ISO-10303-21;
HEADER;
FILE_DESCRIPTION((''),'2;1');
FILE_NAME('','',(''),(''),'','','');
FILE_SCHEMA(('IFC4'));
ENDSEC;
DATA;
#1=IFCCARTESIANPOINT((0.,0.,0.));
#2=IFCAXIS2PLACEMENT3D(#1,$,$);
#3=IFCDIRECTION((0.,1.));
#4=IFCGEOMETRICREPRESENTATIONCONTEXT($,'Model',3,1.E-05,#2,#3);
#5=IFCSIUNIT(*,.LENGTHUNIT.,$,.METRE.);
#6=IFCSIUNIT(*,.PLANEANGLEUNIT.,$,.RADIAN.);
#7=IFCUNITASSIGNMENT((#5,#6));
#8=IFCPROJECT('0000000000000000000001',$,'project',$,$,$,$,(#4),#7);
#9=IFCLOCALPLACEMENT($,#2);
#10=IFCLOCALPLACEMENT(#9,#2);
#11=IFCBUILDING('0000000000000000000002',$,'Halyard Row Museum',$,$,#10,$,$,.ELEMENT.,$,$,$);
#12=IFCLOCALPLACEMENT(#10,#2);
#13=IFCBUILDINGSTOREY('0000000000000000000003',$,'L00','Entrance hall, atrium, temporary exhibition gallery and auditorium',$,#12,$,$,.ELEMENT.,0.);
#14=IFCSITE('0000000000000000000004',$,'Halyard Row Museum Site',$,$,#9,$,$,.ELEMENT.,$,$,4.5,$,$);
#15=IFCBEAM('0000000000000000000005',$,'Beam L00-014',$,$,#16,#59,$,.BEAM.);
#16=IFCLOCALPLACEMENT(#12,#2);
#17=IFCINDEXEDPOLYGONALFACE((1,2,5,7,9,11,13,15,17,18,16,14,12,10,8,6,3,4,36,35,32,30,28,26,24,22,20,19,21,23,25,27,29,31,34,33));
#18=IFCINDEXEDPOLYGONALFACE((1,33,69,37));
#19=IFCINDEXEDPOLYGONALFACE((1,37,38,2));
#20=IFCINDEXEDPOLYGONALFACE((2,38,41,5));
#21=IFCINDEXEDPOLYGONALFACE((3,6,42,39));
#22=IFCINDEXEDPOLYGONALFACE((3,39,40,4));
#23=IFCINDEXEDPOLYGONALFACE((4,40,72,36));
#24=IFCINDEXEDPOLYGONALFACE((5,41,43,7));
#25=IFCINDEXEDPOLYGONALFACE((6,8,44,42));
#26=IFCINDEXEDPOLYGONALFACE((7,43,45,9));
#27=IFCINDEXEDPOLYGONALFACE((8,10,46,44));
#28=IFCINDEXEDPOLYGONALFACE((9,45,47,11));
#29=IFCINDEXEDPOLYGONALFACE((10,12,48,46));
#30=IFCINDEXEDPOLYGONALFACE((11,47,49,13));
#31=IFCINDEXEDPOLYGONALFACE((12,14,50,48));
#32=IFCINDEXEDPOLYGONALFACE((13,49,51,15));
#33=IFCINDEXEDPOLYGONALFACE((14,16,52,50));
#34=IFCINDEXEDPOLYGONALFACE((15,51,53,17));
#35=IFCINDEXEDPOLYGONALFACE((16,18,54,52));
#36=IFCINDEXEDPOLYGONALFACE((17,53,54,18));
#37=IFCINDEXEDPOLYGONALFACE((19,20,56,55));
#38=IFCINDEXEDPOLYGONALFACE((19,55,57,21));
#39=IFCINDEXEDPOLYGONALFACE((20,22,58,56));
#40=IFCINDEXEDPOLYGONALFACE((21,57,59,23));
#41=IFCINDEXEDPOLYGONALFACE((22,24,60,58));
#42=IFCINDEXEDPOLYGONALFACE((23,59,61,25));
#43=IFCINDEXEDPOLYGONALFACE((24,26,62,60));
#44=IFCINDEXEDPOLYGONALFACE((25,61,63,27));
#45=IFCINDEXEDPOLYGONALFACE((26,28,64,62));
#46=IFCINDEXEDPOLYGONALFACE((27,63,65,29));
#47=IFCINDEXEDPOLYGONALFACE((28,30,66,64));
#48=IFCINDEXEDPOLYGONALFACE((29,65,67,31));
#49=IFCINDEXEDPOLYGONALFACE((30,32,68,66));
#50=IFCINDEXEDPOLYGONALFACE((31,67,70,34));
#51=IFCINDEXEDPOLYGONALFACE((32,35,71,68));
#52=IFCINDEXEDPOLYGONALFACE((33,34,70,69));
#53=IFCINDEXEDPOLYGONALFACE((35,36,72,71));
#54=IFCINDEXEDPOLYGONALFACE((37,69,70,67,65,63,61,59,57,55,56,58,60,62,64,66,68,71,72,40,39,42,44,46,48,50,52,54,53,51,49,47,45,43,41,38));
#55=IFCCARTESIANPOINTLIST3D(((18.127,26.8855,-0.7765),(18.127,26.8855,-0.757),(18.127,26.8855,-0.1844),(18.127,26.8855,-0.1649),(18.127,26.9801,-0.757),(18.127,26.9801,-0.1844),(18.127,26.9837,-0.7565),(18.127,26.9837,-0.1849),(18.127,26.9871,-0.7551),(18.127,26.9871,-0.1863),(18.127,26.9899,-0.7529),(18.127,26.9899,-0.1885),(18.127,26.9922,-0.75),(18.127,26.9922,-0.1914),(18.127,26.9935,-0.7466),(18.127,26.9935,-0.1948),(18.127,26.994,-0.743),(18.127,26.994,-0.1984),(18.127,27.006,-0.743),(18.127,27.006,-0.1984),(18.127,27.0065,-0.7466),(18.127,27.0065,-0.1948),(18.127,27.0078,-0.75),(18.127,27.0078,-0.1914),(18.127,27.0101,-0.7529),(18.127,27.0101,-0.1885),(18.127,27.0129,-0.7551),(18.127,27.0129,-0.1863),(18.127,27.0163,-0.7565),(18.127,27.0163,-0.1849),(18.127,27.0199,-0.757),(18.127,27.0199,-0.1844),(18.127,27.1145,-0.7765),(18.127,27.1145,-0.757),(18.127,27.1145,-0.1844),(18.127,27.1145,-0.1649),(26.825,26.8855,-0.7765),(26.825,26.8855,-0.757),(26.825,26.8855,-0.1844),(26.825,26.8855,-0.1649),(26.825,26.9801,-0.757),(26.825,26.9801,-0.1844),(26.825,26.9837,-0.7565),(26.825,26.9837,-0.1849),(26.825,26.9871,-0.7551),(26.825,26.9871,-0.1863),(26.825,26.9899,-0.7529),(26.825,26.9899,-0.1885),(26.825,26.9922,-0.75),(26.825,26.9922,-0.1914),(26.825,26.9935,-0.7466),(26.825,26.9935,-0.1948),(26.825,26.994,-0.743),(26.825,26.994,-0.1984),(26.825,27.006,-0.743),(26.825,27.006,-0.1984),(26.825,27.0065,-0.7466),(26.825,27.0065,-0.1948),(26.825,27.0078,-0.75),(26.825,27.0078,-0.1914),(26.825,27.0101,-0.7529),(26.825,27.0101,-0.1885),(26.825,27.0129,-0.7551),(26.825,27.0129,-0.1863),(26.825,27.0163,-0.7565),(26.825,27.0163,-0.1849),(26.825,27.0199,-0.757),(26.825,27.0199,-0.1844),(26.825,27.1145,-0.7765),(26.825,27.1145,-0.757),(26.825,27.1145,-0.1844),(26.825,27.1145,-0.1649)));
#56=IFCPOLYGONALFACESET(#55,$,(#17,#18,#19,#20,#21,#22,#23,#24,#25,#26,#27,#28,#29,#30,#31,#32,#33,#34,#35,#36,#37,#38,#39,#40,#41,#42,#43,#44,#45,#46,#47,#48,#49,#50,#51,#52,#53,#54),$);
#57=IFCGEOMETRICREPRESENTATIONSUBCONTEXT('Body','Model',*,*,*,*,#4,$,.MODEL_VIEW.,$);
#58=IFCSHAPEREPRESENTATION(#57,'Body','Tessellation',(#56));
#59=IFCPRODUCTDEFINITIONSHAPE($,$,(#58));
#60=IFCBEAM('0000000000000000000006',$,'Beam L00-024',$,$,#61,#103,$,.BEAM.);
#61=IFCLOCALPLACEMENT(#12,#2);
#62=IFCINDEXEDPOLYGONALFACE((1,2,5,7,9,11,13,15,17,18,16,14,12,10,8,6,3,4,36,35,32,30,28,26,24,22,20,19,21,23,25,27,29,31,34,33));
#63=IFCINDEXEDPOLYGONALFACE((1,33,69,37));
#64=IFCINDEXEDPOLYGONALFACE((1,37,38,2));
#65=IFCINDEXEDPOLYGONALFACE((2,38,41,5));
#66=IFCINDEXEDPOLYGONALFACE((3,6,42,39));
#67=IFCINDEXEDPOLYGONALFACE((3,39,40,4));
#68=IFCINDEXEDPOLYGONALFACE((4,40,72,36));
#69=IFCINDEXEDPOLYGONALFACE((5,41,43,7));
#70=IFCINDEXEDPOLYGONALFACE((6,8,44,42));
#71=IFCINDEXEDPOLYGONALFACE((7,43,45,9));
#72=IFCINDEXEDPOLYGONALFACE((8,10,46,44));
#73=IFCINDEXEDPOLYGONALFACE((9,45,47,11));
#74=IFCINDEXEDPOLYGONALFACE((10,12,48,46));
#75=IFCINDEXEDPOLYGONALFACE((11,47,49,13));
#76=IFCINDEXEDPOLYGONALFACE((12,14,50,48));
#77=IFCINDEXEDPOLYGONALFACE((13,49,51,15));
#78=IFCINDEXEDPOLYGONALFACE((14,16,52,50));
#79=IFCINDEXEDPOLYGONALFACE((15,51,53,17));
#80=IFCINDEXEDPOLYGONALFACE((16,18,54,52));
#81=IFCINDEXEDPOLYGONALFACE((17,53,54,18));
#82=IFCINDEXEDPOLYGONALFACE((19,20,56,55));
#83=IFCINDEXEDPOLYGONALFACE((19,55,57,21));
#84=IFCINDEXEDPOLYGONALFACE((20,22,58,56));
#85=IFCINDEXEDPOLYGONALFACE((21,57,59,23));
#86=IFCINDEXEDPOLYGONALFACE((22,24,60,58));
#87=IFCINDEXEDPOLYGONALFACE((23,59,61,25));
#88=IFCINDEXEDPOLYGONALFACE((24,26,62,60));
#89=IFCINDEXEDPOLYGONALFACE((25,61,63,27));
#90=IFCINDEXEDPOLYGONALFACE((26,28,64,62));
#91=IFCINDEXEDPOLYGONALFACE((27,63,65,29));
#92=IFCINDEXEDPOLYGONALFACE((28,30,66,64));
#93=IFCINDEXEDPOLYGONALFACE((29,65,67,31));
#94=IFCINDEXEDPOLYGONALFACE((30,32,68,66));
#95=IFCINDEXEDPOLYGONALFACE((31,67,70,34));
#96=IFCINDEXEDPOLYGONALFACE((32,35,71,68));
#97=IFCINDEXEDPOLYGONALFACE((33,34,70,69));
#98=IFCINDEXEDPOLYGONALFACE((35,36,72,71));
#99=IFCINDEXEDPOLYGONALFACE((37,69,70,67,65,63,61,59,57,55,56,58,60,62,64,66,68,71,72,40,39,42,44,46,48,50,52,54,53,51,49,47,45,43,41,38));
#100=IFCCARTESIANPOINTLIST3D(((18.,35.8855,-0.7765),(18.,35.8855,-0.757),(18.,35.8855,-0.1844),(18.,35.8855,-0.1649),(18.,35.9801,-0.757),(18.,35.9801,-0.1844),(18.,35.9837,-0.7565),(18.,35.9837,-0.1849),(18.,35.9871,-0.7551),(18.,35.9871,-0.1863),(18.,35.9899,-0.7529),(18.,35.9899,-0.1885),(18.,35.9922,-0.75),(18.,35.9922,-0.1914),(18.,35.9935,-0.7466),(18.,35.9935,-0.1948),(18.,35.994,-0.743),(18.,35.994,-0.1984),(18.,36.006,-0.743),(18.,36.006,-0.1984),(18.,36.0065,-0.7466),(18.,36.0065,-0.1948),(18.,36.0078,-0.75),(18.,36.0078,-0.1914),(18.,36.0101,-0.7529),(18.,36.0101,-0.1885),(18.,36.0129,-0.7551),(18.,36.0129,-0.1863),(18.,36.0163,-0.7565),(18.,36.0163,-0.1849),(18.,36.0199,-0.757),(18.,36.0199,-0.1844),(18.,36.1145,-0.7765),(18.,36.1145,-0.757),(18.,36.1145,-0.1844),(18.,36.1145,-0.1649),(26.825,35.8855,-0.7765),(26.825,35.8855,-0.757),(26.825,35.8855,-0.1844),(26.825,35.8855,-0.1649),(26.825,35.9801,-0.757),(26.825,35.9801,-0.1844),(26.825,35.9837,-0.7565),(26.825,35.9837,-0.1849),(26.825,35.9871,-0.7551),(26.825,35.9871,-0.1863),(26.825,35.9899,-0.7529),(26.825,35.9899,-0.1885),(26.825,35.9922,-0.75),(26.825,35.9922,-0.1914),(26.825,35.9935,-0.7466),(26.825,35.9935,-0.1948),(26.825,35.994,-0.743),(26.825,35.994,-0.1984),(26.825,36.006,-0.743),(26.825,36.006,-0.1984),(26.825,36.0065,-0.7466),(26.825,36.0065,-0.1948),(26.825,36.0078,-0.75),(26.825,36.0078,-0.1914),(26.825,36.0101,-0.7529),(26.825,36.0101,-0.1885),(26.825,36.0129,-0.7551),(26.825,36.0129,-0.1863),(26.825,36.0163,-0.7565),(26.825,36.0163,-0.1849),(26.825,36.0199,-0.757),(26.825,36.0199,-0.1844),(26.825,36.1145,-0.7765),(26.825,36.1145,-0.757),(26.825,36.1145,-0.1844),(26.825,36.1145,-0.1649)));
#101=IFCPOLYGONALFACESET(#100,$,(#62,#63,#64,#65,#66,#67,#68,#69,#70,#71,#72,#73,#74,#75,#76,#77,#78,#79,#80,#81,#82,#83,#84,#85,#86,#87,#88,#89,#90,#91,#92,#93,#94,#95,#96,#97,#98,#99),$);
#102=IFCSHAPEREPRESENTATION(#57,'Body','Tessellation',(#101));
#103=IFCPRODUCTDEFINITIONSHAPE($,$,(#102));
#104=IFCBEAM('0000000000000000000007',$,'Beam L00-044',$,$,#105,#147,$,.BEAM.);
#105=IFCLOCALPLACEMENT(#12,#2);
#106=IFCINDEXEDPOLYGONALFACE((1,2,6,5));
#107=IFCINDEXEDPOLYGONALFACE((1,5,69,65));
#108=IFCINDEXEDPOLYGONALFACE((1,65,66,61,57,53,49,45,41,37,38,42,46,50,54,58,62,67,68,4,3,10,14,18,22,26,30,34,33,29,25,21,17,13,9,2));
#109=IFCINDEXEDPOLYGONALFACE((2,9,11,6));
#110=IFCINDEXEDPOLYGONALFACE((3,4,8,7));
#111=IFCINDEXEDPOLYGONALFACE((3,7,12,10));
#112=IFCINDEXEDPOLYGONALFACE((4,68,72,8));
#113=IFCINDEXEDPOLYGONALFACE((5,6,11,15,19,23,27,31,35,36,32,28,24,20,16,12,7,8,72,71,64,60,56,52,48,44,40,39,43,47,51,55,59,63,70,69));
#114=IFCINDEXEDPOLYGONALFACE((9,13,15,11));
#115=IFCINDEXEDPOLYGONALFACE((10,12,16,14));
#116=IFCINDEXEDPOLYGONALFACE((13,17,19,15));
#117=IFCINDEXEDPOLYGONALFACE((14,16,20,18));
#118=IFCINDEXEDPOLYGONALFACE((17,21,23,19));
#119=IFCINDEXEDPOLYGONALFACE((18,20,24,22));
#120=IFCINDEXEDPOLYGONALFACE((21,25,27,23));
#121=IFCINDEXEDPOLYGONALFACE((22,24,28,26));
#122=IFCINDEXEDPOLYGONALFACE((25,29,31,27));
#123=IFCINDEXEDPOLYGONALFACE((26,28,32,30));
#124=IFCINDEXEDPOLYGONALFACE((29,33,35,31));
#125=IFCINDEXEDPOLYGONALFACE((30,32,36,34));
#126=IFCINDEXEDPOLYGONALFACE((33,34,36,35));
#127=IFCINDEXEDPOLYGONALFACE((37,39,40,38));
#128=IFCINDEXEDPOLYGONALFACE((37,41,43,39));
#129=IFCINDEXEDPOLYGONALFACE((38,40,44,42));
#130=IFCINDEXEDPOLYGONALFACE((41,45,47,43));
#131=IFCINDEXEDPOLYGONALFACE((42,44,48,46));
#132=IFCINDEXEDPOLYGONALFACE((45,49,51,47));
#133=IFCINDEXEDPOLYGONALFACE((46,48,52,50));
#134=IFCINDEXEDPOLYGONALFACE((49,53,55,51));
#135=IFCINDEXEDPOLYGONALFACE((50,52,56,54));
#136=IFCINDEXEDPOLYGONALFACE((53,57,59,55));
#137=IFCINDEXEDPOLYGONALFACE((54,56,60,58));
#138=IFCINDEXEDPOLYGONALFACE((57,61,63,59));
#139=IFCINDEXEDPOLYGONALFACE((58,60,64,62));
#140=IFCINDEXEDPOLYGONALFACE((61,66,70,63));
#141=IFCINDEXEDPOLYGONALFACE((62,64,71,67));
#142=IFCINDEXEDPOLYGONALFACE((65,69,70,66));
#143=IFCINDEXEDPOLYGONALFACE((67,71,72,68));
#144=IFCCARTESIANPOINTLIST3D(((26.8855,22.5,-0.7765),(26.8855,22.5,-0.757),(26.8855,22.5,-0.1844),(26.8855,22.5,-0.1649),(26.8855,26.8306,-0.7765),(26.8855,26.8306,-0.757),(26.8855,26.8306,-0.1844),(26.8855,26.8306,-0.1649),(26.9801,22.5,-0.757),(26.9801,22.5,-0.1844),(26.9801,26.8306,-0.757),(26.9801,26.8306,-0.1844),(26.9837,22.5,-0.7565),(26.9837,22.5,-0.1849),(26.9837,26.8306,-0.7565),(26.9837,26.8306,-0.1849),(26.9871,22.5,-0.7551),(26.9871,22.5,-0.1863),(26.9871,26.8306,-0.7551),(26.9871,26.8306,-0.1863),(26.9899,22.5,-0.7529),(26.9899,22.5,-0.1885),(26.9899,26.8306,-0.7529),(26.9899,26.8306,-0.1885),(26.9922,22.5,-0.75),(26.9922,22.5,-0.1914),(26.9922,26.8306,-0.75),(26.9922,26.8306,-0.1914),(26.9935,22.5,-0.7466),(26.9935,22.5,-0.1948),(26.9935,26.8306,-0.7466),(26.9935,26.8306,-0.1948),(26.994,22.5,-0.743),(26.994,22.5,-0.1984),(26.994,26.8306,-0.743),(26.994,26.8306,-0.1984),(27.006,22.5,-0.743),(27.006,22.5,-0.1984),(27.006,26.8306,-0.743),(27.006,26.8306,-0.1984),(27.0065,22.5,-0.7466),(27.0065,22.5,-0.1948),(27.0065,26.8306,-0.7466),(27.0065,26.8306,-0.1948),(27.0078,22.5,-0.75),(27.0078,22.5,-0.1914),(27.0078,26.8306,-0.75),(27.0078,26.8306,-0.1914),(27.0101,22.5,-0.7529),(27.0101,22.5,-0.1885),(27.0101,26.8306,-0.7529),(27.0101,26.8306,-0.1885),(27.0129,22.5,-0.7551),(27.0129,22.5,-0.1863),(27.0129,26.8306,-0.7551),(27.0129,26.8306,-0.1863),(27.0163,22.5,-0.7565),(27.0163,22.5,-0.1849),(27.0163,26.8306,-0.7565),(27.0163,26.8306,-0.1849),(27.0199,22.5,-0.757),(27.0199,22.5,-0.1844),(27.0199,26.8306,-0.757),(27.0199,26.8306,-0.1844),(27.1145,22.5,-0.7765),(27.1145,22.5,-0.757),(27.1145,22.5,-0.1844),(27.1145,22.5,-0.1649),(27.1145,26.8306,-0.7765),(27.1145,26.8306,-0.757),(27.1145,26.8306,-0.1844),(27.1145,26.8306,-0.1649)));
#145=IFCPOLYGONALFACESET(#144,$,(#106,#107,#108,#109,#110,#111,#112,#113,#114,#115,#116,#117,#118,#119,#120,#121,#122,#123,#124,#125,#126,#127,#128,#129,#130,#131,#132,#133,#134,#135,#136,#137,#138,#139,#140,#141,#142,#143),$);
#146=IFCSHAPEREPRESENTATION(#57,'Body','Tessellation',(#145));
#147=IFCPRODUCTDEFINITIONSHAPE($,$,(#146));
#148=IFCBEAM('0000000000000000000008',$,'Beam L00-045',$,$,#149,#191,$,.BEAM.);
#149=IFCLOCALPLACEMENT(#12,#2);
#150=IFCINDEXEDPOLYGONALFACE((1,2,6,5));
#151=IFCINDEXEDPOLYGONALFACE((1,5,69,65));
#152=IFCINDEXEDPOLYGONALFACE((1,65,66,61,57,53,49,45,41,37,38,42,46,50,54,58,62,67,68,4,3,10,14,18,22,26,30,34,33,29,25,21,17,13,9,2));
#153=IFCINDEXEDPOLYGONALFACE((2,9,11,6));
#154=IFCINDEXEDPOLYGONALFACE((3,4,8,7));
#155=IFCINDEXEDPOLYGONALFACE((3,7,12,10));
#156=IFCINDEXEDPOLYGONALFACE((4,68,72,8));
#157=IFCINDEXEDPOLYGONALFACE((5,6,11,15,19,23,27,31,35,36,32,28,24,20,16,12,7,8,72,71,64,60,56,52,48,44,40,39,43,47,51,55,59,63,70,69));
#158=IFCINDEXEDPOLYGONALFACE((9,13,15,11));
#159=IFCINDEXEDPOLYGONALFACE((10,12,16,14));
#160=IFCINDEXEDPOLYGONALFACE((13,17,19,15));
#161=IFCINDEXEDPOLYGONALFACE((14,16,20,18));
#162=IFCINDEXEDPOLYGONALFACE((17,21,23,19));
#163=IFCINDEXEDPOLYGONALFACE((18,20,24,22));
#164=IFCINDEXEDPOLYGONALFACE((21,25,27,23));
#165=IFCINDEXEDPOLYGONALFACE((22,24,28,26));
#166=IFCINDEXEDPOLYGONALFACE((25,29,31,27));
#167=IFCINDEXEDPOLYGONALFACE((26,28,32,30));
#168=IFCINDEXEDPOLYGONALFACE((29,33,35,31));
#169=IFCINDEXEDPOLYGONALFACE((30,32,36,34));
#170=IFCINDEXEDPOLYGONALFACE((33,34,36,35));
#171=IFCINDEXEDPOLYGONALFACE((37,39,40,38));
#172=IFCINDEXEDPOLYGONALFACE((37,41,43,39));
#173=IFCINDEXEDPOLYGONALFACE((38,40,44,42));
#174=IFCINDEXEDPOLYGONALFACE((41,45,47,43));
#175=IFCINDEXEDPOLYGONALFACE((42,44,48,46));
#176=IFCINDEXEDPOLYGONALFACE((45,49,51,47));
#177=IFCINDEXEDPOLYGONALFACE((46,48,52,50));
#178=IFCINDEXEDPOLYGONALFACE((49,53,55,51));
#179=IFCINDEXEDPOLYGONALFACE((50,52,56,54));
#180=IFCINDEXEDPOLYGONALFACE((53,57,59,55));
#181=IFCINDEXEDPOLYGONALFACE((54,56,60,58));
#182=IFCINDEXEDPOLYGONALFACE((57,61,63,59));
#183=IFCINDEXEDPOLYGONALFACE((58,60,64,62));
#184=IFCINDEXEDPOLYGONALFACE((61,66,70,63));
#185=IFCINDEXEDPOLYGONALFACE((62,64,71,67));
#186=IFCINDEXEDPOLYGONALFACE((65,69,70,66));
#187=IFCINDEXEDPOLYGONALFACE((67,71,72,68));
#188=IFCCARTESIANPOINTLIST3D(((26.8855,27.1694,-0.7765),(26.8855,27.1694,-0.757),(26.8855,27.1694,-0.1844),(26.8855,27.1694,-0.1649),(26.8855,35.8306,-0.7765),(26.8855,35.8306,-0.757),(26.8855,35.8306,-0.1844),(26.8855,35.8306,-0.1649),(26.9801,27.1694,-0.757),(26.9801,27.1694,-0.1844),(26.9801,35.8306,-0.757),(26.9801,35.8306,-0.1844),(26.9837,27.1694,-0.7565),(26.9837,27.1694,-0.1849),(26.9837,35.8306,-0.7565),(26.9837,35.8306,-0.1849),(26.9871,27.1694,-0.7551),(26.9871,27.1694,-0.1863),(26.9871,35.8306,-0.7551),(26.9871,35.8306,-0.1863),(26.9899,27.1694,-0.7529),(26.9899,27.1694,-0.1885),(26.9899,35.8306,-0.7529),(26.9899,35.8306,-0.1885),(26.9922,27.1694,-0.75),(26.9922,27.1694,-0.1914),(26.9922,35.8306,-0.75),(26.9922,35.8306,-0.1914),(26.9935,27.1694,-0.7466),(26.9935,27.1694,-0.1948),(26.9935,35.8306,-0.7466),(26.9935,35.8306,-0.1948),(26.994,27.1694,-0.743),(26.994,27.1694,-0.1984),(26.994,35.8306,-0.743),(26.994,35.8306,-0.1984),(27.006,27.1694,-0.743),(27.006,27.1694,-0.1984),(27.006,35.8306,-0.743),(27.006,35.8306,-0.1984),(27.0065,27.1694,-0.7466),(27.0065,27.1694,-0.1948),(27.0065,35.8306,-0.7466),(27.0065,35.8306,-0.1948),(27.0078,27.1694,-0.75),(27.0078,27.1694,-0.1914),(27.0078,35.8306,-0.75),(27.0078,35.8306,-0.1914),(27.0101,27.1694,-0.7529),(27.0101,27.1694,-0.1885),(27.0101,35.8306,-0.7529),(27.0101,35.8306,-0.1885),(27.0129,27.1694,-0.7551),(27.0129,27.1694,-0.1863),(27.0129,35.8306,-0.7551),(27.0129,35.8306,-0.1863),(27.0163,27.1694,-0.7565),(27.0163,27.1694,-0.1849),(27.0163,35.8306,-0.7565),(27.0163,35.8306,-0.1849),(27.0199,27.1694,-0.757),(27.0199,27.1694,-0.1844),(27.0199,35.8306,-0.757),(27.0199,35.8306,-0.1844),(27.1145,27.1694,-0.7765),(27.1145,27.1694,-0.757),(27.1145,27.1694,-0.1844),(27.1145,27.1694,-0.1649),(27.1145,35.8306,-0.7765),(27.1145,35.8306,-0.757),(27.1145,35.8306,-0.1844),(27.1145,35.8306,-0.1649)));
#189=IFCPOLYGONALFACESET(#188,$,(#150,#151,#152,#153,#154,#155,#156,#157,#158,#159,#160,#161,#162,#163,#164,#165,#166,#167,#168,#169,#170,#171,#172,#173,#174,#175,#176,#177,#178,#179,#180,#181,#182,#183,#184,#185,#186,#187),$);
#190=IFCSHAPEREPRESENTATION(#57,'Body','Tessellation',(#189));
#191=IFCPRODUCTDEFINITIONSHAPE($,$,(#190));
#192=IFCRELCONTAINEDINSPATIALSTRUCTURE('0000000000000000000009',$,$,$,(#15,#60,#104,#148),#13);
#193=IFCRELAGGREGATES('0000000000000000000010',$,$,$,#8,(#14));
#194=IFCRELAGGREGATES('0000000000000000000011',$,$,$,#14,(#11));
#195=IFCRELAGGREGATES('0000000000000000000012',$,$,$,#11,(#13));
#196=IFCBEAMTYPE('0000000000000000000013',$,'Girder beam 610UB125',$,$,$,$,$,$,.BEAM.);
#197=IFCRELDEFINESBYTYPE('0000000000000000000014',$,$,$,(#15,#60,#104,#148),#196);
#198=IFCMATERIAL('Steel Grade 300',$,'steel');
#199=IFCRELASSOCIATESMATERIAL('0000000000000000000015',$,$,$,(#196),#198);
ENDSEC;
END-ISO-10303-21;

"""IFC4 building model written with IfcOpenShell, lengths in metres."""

from ifc_helpers import new_model, si_unit, direction, frame, origin, origin_2d, place, context, subcontext, project, spatial, i_section, extrude, material, material_profile, profile_set, type_object, element, save


model = new_model("IFC4")

# Units and contexts
model_context = context("Model", 3, precision=1e-05, world=origin(), true_north=direction((0.0, 1.0)))
body_context = subcontext(model_context, "Body", "Model", "MODEL_VIEW")
ifc_project = project(units=[si_unit("LENGTHUNIT", "METRE"), si_unit("PLANEANGLEUNIT", "RADIAN")], contexts=[model_context])

# Site, building, storey
site_placement = place(None, origin())
site = spatial("IfcSite", under=ifc_project, at=site_placement, Name="Halyard Row Museum Site", CompositionType="ELEMENT", RefElevation=4.5)
building_placement = place(site_placement, origin())
building = spatial("IfcBuilding", under=site, at=building_placement, Name="Halyard Row Museum", CompositionType="ELEMENT")
storey_placement = place(building_placement, origin())
storey = spatial("IfcBuildingStorey", under=building, at=storey_placement, Name="L00", Description="Entrance hall, atrium, temporary exhibition gallery and auditorium", CompositionType="ELEMENT", Elevation=0.0)

# Beams
ifc_material_1 = material(Name="Steel Grade 300", Category="steel")
ifc_material_profile_1 = material_profile(ifc_material_1, i_section(OverallWidth=0.229, OverallDepth=0.6116, WebThickness=0.012, FlangeThickness=0.0195, FilletRadius=0.0139, at=origin_2d()), Name="610UB125")
ifc_profile_set_1 = profile_set([ifc_material_profile_1], Name="Steel Grade 300")
beam_type_1 = type_object("IfcBeamType", Name="Girder beam 610UB125", PredefinedType="BEAM", material=ifc_profile_set_1)
beam_1_placement = place(storey_placement, frame((18.127, 27.0, -0.4707), z_axis=(1.0, 0.0, 0.0), x_axis=(0.0, 1.0, 0.0)))
element("IfcBeam", 1, at=beam_1_placement, inside=storey, type_object=beam_type_1, Name="Beam L00-014", PredefinedType="BEAM", context=body_context, shape_type="SweptSolid", body=[
    extrude(i_section(OverallWidth=0.229, OverallDepth=0.6116, WebThickness=0.012, FlangeThickness=0.0195, FilletRadius=0.0139, at=origin_2d()), origin(), (0.0, 0.0, 1.0), 8.698),
])
beam_2_placement = place(storey_placement, frame((18.0, 36.0, -0.4707), z_axis=(1.0, 0.0, 0.0), x_axis=(0.0, 1.0, 0.0)))
element("IfcBeam", 2, at=beam_2_placement, inside=storey, type_object=beam_type_1, Name="Beam L00-024", PredefinedType="BEAM", context=body_context, shape_type="SweptSolid", body=[
    extrude(i_section(OverallWidth=0.229, OverallDepth=0.6116, WebThickness=0.012, FlangeThickness=0.0195, FilletRadius=0.0139, at=origin_2d()), origin(), (0.0, 0.0, 1.0), 8.825),
])
beam_3_placement = place(storey_placement, frame((27.0, 22.5, -0.4707), z_axis=(0.0, 1.0, 0.0), x_axis=(-1.0, 0.0, 0.0)))
element("IfcBeam", 3, at=beam_3_placement, inside=storey, type_object=beam_type_1, Name="Beam L00-044", PredefinedType="BEAM", context=body_context, shape_type="SweptSolid", body=[
    extrude(i_section(OverallWidth=0.229, OverallDepth=0.6116, WebThickness=0.012, FlangeThickness=0.0195, FilletRadius=0.0139, at=origin_2d()), origin(), (0.0, 0.0, 1.0), 4.3306),
])
beam_4_placement = place(storey_placement, frame((27.0, 27.1694, -0.4707), z_axis=(0.0, 1.0, 0.0), x_axis=(-1.0, 0.0, 0.0)))
element("IfcBeam", 4, at=beam_4_placement, inside=storey, type_object=beam_type_1, Name="Beam L00-045", PredefinedType="BEAM", context=body_context, shape_type="SweptSolid", body=[
    extrude(i_section(OverallWidth=0.229, OverallDepth=0.6116, WebThickness=0.012, FlangeThickness=0.0195, FilletRadius=0.0139, at=origin_2d()), origin(), (0.0, 0.0, 1.0), 8.6611),
])

save(model, "model.ifc")
